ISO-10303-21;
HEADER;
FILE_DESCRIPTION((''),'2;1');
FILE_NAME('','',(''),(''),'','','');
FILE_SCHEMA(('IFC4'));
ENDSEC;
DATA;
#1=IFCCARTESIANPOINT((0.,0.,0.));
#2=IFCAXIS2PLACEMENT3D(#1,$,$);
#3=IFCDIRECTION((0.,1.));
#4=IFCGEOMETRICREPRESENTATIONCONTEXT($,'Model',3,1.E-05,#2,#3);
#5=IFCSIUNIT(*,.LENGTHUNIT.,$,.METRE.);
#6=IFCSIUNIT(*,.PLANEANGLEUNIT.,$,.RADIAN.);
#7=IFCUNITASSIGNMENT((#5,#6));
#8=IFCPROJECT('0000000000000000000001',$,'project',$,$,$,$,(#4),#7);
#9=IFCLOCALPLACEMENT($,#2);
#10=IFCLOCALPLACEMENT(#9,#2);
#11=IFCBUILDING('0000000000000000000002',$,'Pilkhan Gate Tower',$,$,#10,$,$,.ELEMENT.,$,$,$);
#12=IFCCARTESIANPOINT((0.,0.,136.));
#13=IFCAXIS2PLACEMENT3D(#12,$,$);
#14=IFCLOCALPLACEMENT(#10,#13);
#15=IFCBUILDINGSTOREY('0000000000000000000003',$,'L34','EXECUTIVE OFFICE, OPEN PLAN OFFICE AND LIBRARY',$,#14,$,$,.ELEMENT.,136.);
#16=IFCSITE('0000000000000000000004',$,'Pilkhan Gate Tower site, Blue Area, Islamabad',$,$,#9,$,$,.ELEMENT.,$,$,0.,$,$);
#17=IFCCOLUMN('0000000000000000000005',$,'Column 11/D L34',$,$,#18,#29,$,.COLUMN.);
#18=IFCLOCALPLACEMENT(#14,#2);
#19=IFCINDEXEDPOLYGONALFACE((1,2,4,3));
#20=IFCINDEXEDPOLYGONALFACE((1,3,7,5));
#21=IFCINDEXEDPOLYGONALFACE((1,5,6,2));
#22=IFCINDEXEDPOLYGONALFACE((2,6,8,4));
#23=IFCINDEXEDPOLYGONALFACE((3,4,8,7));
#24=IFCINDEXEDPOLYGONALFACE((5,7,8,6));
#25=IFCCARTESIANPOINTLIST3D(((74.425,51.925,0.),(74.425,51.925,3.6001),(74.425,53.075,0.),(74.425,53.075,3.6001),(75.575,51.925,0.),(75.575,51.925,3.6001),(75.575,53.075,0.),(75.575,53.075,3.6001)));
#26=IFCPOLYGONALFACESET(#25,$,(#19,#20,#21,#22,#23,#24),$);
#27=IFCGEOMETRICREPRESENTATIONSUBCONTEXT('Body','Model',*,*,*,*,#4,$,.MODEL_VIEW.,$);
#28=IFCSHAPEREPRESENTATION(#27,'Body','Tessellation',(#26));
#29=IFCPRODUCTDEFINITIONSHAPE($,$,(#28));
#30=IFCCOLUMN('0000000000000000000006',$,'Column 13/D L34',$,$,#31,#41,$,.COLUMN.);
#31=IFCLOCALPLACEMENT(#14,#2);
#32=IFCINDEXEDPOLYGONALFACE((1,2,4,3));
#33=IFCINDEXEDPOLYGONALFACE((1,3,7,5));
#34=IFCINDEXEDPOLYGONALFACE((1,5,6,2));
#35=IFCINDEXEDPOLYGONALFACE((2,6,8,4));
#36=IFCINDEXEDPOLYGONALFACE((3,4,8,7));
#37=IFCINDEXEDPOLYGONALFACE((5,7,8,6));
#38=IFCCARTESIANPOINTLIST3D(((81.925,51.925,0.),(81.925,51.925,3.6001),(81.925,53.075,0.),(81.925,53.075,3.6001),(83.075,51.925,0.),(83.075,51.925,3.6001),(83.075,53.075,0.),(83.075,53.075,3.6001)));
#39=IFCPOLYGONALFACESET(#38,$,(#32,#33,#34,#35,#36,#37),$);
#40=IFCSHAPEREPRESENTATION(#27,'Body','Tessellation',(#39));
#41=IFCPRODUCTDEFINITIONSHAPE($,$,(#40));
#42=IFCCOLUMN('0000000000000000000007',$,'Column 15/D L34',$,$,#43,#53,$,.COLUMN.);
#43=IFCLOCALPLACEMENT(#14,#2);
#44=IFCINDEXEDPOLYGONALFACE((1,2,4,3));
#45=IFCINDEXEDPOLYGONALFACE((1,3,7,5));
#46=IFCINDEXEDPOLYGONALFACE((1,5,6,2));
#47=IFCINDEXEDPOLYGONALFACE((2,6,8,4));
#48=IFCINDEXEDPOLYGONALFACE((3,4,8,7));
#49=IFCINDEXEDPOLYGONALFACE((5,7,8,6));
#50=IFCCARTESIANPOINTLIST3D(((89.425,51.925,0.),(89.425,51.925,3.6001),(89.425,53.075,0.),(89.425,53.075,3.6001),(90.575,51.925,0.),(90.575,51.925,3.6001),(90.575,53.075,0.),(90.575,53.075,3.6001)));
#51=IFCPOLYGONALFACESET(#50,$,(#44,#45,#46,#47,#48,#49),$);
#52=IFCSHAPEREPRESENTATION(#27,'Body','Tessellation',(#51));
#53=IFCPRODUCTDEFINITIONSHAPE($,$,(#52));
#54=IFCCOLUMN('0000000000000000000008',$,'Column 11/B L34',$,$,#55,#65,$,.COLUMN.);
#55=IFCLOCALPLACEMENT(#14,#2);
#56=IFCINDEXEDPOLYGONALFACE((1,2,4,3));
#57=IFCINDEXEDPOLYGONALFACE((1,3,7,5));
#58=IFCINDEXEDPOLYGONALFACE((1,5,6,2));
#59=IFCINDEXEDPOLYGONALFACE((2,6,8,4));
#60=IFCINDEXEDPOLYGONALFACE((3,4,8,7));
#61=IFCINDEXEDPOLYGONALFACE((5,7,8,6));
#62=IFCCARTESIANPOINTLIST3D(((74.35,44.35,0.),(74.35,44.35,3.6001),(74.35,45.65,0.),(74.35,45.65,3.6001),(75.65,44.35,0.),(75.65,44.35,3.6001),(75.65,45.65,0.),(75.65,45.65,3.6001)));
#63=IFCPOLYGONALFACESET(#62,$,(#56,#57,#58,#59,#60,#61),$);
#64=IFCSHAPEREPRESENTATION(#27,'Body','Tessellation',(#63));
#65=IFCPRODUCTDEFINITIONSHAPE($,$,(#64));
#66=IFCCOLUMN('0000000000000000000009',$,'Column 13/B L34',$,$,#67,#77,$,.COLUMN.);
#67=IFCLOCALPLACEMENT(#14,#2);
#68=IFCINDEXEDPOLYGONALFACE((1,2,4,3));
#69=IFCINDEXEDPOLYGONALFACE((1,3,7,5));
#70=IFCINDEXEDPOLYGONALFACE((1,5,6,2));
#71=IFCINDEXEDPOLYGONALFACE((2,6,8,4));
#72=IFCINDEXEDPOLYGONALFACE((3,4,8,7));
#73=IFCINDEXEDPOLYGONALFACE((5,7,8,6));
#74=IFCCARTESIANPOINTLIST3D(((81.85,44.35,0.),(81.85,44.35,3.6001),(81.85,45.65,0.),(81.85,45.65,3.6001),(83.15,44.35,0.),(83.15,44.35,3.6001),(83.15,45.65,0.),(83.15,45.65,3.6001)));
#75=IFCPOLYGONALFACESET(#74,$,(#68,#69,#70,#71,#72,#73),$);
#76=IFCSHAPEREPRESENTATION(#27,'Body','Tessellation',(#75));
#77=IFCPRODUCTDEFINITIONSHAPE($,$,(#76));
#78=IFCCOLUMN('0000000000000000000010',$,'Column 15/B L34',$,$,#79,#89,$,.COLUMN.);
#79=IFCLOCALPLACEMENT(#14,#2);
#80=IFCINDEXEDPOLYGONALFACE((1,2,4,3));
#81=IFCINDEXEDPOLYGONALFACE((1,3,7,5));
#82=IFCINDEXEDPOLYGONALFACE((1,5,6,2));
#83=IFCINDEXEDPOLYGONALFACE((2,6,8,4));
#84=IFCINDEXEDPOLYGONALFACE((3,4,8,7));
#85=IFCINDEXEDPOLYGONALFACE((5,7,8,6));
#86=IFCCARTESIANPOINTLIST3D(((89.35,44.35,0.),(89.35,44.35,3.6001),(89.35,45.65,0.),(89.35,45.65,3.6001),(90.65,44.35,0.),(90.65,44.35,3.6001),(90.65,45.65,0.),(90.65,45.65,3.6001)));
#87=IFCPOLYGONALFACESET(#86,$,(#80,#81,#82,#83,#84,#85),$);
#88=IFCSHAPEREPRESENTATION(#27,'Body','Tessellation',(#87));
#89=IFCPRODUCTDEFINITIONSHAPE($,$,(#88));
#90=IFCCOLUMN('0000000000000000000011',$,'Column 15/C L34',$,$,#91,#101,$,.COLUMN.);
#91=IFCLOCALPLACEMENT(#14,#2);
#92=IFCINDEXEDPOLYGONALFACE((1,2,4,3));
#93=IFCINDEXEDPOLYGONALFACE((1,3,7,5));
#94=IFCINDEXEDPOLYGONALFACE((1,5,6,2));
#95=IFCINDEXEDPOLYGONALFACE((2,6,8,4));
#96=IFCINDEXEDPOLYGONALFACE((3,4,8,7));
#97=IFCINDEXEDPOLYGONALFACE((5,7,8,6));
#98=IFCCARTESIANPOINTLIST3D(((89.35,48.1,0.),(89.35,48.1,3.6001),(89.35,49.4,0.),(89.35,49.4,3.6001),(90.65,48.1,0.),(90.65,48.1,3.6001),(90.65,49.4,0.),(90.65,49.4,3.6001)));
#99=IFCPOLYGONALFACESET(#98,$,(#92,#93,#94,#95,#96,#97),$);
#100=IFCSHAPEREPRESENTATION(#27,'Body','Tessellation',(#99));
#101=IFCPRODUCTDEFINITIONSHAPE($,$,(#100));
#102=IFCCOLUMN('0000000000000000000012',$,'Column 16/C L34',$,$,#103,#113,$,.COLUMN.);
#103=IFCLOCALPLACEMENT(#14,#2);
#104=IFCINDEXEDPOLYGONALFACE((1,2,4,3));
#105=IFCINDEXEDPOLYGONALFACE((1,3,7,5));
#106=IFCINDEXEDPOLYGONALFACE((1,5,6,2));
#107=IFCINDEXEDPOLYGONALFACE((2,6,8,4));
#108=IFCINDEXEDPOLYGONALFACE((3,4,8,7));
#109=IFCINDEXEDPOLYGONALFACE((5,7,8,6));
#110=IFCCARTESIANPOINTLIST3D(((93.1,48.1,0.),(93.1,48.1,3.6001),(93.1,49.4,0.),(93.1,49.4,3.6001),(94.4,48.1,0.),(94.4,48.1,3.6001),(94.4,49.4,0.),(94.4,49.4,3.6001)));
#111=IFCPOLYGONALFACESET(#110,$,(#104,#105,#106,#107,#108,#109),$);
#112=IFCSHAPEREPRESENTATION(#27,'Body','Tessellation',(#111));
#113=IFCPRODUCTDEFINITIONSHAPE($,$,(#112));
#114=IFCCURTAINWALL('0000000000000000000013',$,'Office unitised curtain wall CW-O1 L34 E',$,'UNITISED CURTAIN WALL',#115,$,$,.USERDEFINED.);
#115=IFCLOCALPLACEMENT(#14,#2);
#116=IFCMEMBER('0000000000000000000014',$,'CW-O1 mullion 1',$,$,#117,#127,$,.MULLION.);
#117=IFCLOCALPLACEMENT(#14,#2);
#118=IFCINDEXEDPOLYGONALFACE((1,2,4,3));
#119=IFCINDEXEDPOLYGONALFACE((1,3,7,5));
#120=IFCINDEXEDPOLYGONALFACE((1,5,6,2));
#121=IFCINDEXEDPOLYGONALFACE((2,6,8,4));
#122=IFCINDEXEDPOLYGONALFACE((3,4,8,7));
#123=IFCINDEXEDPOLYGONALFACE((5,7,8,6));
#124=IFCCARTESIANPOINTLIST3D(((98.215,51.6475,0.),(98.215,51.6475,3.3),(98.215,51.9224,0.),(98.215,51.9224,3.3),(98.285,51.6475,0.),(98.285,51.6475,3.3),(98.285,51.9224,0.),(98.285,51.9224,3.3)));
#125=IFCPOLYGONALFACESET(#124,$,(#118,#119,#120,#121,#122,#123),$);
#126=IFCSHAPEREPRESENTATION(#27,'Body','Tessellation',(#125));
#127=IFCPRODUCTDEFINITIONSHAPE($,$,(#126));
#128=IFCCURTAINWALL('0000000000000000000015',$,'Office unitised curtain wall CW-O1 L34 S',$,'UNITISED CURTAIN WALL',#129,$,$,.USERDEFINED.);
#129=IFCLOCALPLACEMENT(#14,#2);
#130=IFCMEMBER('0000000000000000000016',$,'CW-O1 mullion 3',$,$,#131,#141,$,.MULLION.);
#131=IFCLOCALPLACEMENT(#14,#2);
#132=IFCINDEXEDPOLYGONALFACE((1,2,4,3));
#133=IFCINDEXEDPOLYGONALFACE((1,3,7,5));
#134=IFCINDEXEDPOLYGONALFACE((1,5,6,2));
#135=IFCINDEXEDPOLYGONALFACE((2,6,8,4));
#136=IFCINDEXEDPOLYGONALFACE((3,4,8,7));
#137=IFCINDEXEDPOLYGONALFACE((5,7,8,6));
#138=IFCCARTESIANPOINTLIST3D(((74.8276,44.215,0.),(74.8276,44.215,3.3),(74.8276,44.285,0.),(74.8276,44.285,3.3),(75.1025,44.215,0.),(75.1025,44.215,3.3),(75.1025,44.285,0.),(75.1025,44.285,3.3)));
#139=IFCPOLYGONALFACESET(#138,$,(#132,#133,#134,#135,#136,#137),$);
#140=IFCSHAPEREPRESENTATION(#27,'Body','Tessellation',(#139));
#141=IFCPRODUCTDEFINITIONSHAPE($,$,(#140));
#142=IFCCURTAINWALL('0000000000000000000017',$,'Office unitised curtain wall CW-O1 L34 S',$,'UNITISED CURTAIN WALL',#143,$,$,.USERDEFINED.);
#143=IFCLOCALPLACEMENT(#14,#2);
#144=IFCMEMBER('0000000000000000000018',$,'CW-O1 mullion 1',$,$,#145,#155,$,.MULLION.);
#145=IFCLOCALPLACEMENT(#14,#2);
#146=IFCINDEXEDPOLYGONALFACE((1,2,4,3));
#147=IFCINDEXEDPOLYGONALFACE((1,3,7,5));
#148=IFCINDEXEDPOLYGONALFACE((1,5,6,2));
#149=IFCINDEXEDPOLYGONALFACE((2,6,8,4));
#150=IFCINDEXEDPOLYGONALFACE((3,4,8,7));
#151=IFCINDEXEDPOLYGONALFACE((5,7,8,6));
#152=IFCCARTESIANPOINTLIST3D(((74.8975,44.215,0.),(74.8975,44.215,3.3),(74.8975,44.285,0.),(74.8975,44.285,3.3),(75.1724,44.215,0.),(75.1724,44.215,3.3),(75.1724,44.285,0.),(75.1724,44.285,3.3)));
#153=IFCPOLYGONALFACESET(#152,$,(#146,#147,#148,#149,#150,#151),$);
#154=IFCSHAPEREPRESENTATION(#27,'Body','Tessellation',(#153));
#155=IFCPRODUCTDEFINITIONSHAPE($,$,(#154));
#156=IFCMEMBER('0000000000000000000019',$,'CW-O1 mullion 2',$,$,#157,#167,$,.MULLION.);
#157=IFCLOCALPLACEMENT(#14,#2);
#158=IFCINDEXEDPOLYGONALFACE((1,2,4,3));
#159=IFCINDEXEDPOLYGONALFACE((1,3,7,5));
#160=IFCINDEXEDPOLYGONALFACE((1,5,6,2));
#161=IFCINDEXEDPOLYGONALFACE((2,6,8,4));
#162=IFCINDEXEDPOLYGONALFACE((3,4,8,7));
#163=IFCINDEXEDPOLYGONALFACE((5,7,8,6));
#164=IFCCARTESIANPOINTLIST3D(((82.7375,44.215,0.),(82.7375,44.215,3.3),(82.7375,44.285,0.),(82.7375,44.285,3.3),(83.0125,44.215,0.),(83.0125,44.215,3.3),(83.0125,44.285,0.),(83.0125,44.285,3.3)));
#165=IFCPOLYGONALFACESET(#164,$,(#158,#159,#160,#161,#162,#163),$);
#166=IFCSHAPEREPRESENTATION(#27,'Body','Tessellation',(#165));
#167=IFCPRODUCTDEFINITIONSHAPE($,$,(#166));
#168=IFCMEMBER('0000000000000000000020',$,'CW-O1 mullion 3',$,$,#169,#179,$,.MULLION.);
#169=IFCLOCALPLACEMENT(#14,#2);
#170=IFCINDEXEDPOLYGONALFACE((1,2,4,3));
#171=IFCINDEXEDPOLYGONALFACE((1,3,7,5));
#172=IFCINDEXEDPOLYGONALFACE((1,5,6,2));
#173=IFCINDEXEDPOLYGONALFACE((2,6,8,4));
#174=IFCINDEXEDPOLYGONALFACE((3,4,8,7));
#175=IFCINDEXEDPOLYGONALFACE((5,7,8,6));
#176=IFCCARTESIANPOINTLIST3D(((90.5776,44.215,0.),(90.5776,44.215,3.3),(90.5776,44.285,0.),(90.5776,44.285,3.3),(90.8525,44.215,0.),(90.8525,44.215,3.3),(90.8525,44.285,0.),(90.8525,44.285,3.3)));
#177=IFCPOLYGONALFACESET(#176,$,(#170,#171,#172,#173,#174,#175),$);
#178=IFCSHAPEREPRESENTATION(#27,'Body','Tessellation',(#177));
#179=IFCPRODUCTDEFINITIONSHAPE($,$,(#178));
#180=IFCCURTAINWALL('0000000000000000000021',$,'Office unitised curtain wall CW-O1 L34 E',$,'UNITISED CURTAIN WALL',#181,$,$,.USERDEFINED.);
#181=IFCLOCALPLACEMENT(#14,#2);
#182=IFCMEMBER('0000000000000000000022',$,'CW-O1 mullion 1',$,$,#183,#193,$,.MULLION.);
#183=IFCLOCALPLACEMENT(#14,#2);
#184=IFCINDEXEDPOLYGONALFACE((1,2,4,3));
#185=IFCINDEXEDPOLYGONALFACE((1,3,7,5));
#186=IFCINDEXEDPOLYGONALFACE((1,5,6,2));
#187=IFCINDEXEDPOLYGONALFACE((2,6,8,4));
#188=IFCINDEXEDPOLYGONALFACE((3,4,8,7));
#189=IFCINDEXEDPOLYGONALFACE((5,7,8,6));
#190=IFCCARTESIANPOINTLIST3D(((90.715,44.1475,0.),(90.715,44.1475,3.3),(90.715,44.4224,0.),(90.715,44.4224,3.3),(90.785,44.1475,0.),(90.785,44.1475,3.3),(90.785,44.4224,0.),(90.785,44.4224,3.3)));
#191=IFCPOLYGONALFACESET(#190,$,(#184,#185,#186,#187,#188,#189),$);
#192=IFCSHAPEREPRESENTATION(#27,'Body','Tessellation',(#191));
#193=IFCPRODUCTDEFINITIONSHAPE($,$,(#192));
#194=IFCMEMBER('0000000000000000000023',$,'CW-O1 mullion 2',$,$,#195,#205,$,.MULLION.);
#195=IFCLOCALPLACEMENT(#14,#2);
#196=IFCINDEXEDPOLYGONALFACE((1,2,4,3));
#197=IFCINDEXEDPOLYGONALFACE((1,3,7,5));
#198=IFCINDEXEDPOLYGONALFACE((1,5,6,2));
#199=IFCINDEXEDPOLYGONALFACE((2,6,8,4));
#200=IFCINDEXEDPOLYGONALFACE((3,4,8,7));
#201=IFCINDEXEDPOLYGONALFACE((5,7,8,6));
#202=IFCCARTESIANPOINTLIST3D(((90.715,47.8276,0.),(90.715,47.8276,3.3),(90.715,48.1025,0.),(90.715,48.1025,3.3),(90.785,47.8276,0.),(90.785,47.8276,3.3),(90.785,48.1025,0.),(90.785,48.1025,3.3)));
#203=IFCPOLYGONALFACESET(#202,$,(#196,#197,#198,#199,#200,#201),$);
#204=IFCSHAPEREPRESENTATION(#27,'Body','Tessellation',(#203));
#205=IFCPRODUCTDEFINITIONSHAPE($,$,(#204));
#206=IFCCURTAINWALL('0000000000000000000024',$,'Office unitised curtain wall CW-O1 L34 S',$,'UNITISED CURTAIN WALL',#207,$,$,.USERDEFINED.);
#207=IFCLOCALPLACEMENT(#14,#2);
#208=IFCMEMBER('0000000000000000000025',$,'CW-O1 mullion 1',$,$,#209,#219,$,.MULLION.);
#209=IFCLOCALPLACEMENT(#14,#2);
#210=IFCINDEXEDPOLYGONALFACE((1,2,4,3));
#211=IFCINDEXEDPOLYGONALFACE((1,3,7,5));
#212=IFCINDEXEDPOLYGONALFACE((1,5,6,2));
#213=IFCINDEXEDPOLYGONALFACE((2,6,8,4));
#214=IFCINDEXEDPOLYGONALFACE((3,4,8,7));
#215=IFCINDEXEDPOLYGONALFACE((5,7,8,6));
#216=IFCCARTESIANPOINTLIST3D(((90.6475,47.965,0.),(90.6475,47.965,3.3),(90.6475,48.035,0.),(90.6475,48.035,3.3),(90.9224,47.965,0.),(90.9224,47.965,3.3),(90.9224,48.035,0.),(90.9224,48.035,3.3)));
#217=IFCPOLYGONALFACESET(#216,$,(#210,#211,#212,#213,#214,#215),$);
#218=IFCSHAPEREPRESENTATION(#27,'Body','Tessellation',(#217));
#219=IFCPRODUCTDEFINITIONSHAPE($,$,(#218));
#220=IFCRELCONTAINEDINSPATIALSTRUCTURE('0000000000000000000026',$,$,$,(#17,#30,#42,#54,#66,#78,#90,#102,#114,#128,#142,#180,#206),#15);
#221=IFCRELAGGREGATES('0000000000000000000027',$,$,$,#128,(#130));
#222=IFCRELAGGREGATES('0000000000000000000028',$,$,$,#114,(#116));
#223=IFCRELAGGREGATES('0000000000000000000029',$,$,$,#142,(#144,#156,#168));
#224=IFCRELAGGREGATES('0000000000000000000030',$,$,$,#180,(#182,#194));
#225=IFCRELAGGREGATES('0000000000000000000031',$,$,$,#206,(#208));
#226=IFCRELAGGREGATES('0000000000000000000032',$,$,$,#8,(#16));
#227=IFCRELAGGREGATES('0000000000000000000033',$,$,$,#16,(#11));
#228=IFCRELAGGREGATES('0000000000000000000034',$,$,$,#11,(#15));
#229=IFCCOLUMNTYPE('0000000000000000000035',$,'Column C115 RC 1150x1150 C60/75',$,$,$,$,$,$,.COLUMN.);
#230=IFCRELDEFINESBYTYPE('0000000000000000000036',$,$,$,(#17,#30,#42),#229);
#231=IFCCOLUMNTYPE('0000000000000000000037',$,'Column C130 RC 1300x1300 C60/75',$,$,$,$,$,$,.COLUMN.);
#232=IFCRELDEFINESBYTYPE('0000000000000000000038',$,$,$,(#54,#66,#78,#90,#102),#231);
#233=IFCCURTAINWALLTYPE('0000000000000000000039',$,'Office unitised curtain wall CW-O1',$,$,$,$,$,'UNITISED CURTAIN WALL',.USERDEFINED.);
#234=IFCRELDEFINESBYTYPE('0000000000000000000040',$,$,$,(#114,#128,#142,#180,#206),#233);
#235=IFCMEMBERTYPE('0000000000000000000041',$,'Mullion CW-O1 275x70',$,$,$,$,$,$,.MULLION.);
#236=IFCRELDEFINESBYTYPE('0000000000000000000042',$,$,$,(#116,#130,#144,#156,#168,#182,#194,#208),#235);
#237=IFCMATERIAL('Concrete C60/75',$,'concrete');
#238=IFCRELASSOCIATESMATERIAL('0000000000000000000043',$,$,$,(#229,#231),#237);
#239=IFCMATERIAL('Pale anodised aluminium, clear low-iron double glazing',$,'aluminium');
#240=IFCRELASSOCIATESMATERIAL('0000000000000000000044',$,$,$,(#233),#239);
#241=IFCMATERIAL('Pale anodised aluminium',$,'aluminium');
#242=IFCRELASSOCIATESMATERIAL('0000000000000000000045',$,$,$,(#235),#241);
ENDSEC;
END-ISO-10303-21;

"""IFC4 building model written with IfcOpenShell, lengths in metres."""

from ifc_helpers import new_model, si_unit, direction, frame, origin, origin_2d, place, context, subcontext, project, spatial, rectangle, extrude, material, material_profile, profile_set, type_object, element, aggregate, save


model = new_model("IFC4")

# Units and contexts
model_context = context("Model", 3, precision=1e-05, world=origin(), true_north=direction((0.0, 1.0)))
body_context = subcontext(model_context, "Body", "Model", "MODEL_VIEW")
ifc_project = project(units=[si_unit("LENGTHUNIT", "METRE"), si_unit("PLANEANGLEUNIT", "RADIAN")], contexts=[model_context])

# Site, building, storey
site_placement = place(None, origin())
site = spatial("IfcSite", under=ifc_project, at=site_placement, Name="Pilkhan Gate Tower site, Blue Area, Islamabad", CompositionType="ELEMENT", RefElevation=0.0)
building_placement = place(site_placement, origin())
building = spatial("IfcBuilding", under=site, at=building_placement, Name="Pilkhan Gate Tower", CompositionType="ELEMENT")
storey_placement = place(building_placement, frame((0.0, 0.0, 136.0)))
storey = spatial("IfcBuildingStorey", under=building, at=storey_placement, Name="L34", Description="EXECUTIVE OFFICE, OPEN PLAN OFFICE AND LIBRARY", CompositionType="ELEMENT", Elevation=136.0)

# Columns
ifc_material_1 = material(Name="Concrete C60/75", Category="concrete")
ifc_material_profile_1 = material_profile(ifc_material_1, rectangle(XDim=1.1499, YDim=1.1499, at=origin_2d()), Name="RC 1150x1150")
ifc_profile_set_1 = profile_set([ifc_material_profile_1], Name="Concrete C60/75")
column_type_1 = type_object("IfcColumnType", Name="Column C115 RC 1150x1150 C60/75", PredefinedType="COLUMN", material=ifc_profile_set_1)
for number, where, z_axis, x_axis, name in (
    (1, (75.0, 52.5, 0.0), (0.0, 0.0, 1.0), (1.0, 0.0, 0.0), "Column 11/D L34"),
    (2, (82.5, 52.5, 0.0), (0.0, 0.0, 1.0), (1.0, 0.0, 0.0), "Column 13/D L34"),
    (3, (90.0, 52.5, 0.0), (0.0, 0.0, 1.0), (1.0, 0.0, 0.0), "Column 15/D L34"),
):
    element("IfcColumn", number, at=place(storey_placement, frame(where, z_axis=z_axis, x_axis=x_axis)), inside=storey, type_object=column_type_1, Name=name, PredefinedType="COLUMN", context=body_context, shape_type="SweptSolid", body=[
        extrude(rectangle(XDim=1.1499, YDim=1.1499, at=origin_2d()), origin(), (0.0, 0.0, 1.0), 3.6001),
    ])
ifc_material_profile_2 = material_profile(ifc_material_1, rectangle(XDim=1.3, YDim=1.3, at=origin_2d()), Name="RC 1300x1300")
ifc_profile_set_2 = profile_set([ifc_material_profile_2], Name="Concrete C60/75")
column_type_2 = type_object("IfcColumnType", Name="Column C130 RC 1300x1300 C60/75", PredefinedType="COLUMN", material=ifc_profile_set_2)
for number, where, z_axis, x_axis, name in (
    (4, (75.0, 45.0, 0.0), (0.0, 0.0, 1.0), (1.0, 0.0, 0.0), "Column 11/B L34"),
    (5, (82.5, 45.0, 0.0), (0.0, 0.0, 1.0), (1.0, 0.0, 0.0), "Column 13/B L34"),
    (6, (90.0, 45.0, 0.0), (0.0, 0.0, 1.0), (1.0, 0.0, 0.0), "Column 15/B L34"),
    (7, (90.0, 48.75, 0.0), (0.0, 0.0, 1.0), (1.0, 0.0, 0.0), "Column 15/C L34"),
    (8, (93.75, 48.75, 0.0), (0.0, 0.0, 1.0), (1.0, 0.0, 0.0), "Column 16/C L34"),
):
    element("IfcColumn", number, at=place(storey_placement, frame(where, z_axis=z_axis, x_axis=x_axis)), inside=storey, type_object=column_type_2, Name=name, PredefinedType="COLUMN", context=body_context, shape_type="SweptSolid", body=[
        extrude(rectangle(XDim=1.3, YDim=1.3, at=origin_2d()), origin(), (0.0, 0.0, 1.0), 3.6001),
    ])

# Curtain walls, members
ifc_material_2 = material(Name="Pale anodised aluminium, clear low-iron double glazing", Category="aluminium")
curtain_wall_type = type_object("IfcCurtainWallType", Name="Office unitised curtain wall CW-O1", ElementType="UNITISED CURTAIN WALL", PredefinedType="USERDEFINED", material=ifc_material_2)
curtain_wall_1_placement = place(storey_placement, origin())
curtain_wall_1 = element("IfcCurtainWall", 9, at=curtain_wall_1_placement, inside=storey, type_object=curtain_wall_type, Name="Office unitised curtain wall CW-O1 L34 E", ObjectType="UNITISED CURTAIN WALL", PredefinedType="USERDEFINED")
ifc_material_3 = material(Name="Pale anodised aluminium", Category="aluminium")
ifc_material_profile_3 = material_profile(ifc_material_3, rectangle(XDim=0.0701, YDim=0.2749, at=origin_2d()), Name="Mullion 275x70")
ifc_profile_set_3 = profile_set([ifc_material_profile_3], Name="Pale anodised aluminium")
member_type_1 = type_object("IfcMemberType", Name="Mullion CW-O1 275x70", PredefinedType="MULLION", material=ifc_profile_set_3)
member_1_placement = place(storey_placement, frame((98.25, 51.7849, 0.0), z_axis=(0.0, 0.0, 1.0), x_axis=(-1.0, 0.0, 0.0)))
member_1 = element("IfcMember", 10, at=member_1_placement, type_object=member_type_1, Name="CW-O1 mullion 1", PredefinedType="MULLION", context=body_context, shape_type="SweptSolid", body=[
    extrude(rectangle(XDim=0.0701, YDim=0.2749, at=origin_2d()), origin(), (0.0, 0.0, 1.0), 3.3),
])
curtain_wall_2_placement = place(storey_placement, origin())
curtain_wall_2 = element("IfcCurtainWall", 11, at=curtain_wall_2_placement, inside=storey, type_object=curtain_wall_type, Name="Office unitised curtain wall CW-O1 L34 S", ObjectType="UNITISED CURTAIN WALL", PredefinedType="USERDEFINED")
member_2_placement = place(storey_placement, frame((74.9651, 44.25, 0.0), z_axis=(0.0, 0.0, 1.0), x_axis=(0.0, 1.0, 0.0)))
member_2 = element("IfcMember", 12, at=member_2_placement, type_object=member_type_1, Name="CW-O1 mullion 3", PredefinedType="MULLION", context=body_context, shape_type="SweptSolid", body=[
    extrude(rectangle(XDim=0.0701, YDim=0.2749, at=origin_2d()), origin(), (0.0, 0.0, 1.0), 3.3),
])
aggregate(curtain_wall_2, [member_2])

# Curtain walls, members
curtain_wall_3_placement = place(storey_placement, origin())
curtain_wall_3 = element("IfcCurtainWall", 13, at=curtain_wall_3_placement, inside=storey, type_object=curtain_wall_type, Name="Office unitised curtain wall CW-O1 L34 S", ObjectType="UNITISED CURTAIN WALL", PredefinedType="USERDEFINED")
member_3_placement = place(storey_placement, frame((75.0349, 44.25, 0.0), z_axis=(0.0, 0.0, 1.0), x_axis=(0.0, 1.0, 0.0)))
member_3 = element("IfcMember", 14, at=member_3_placement, type_object=member_type_1, Name="CW-O1 mullion 1", PredefinedType="MULLION", context=body_context, shape_type="SweptSolid", body=[
    extrude(rectangle(XDim=0.0701, YDim=0.2749, at=origin_2d()), origin(), (0.0, 0.0, 1.0), 3.3),
])
member_4_placement = place(storey_placement, frame((82.875, 44.25, 0.0), z_axis=(0.0, 0.0, 1.0), x_axis=(0.0, 1.0, 0.0)))
member_4 = element("IfcMember", 15, at=member_4_placement, type_object=member_type_1, Name="CW-O1 mullion 2", PredefinedType="MULLION", context=body_context, shape_type="SweptSolid", body=[
    extrude(rectangle(XDim=0.0701, YDim=0.2749, at=origin_2d()), origin(), (0.0, 0.0, 1.0), 3.3),
])
member_5_placement = place(storey_placement, frame((90.7151, 44.25, 0.0), z_axis=(0.0, 0.0, 1.0), x_axis=(0.0, 1.0, 0.0)))
member_5 = element("IfcMember", 16, at=member_5_placement, type_object=member_type_1, Name="CW-O1 mullion 3", PredefinedType="MULLION", context=body_context, shape_type="SweptSolid", body=[
    extrude(rectangle(XDim=0.0701, YDim=0.2749, at=origin_2d()), origin(), (0.0, 0.0, 1.0), 3.3),
])
curtain_wall_4_placement = place(storey_placement, origin())
curtain_wall_4 = element("IfcCurtainWall", 17, at=curtain_wall_4_placement, inside=storey, type_object=curtain_wall_type, Name="Office unitised curtain wall CW-O1 L34 E", ObjectType="UNITISED CURTAIN WALL", PredefinedType="USERDEFINED")
member_6_placement = place(storey_placement, frame((90.75, 44.2849, 0.0), z_axis=(0.0, 0.0, 1.0), x_axis=(-1.0, 0.0, 0.0)))
member_6 = element("IfcMember", 18, at=member_6_placement, type_object=member_type_1, Name="CW-O1 mullion 1", PredefinedType="MULLION", context=body_context, shape_type="SweptSolid", body=[
    extrude(rectangle(XDim=0.0701, YDim=0.2749, at=origin_2d()), origin(), (0.0, 0.0, 1.0), 3.3),
])
member_7_placement = place(storey_placement, frame((90.75, 47.9651, 0.0), z_axis=(0.0, 0.0, 1.0), x_axis=(-1.0, 0.0, 0.0)))
member_7 = element("IfcMember", 19, at=member_7_placement, type_object=member_type_1, Name="CW-O1 mullion 2", PredefinedType="MULLION", context=body_context, shape_type="SweptSolid", body=[
    extrude(rectangle(XDim=0.0701, YDim=0.2749, at=origin_2d()), origin(), (0.0, 0.0, 1.0), 3.3),
])
curtain_wall_5_placement = place(storey_placement, origin())
curtain_wall_5 = element("IfcCurtainWall", 20, at=curtain_wall_5_placement, inside=storey, type_object=curtain_wall_type, Name="Office unitised curtain wall CW-O1 L34 S", ObjectType="UNITISED CURTAIN WALL", PredefinedType="USERDEFINED")
member_8_placement = place(storey_placement, frame((90.7849, 48.0, 0.0), z_axis=(0.0, 0.0, 1.0), x_axis=(0.0, 1.0, 0.0)))
member_8 = element("IfcMember", 21, at=member_8_placement, type_object=member_type_1, Name="CW-O1 mullion 1", PredefinedType="MULLION", context=body_context, shape_type="SweptSolid", body=[
    extrude(rectangle(XDim=0.0701, YDim=0.2749, at=origin_2d()), origin(), (0.0, 0.0, 1.0), 3.3),
])

aggregate(curtain_wall_1, [member_1])

aggregate(curtain_wall_3, [member_3, member_4, member_5])
aggregate(curtain_wall_4, [member_6, member_7])
aggregate(curtain_wall_5, [member_8])

save(model, "model.ifc")
